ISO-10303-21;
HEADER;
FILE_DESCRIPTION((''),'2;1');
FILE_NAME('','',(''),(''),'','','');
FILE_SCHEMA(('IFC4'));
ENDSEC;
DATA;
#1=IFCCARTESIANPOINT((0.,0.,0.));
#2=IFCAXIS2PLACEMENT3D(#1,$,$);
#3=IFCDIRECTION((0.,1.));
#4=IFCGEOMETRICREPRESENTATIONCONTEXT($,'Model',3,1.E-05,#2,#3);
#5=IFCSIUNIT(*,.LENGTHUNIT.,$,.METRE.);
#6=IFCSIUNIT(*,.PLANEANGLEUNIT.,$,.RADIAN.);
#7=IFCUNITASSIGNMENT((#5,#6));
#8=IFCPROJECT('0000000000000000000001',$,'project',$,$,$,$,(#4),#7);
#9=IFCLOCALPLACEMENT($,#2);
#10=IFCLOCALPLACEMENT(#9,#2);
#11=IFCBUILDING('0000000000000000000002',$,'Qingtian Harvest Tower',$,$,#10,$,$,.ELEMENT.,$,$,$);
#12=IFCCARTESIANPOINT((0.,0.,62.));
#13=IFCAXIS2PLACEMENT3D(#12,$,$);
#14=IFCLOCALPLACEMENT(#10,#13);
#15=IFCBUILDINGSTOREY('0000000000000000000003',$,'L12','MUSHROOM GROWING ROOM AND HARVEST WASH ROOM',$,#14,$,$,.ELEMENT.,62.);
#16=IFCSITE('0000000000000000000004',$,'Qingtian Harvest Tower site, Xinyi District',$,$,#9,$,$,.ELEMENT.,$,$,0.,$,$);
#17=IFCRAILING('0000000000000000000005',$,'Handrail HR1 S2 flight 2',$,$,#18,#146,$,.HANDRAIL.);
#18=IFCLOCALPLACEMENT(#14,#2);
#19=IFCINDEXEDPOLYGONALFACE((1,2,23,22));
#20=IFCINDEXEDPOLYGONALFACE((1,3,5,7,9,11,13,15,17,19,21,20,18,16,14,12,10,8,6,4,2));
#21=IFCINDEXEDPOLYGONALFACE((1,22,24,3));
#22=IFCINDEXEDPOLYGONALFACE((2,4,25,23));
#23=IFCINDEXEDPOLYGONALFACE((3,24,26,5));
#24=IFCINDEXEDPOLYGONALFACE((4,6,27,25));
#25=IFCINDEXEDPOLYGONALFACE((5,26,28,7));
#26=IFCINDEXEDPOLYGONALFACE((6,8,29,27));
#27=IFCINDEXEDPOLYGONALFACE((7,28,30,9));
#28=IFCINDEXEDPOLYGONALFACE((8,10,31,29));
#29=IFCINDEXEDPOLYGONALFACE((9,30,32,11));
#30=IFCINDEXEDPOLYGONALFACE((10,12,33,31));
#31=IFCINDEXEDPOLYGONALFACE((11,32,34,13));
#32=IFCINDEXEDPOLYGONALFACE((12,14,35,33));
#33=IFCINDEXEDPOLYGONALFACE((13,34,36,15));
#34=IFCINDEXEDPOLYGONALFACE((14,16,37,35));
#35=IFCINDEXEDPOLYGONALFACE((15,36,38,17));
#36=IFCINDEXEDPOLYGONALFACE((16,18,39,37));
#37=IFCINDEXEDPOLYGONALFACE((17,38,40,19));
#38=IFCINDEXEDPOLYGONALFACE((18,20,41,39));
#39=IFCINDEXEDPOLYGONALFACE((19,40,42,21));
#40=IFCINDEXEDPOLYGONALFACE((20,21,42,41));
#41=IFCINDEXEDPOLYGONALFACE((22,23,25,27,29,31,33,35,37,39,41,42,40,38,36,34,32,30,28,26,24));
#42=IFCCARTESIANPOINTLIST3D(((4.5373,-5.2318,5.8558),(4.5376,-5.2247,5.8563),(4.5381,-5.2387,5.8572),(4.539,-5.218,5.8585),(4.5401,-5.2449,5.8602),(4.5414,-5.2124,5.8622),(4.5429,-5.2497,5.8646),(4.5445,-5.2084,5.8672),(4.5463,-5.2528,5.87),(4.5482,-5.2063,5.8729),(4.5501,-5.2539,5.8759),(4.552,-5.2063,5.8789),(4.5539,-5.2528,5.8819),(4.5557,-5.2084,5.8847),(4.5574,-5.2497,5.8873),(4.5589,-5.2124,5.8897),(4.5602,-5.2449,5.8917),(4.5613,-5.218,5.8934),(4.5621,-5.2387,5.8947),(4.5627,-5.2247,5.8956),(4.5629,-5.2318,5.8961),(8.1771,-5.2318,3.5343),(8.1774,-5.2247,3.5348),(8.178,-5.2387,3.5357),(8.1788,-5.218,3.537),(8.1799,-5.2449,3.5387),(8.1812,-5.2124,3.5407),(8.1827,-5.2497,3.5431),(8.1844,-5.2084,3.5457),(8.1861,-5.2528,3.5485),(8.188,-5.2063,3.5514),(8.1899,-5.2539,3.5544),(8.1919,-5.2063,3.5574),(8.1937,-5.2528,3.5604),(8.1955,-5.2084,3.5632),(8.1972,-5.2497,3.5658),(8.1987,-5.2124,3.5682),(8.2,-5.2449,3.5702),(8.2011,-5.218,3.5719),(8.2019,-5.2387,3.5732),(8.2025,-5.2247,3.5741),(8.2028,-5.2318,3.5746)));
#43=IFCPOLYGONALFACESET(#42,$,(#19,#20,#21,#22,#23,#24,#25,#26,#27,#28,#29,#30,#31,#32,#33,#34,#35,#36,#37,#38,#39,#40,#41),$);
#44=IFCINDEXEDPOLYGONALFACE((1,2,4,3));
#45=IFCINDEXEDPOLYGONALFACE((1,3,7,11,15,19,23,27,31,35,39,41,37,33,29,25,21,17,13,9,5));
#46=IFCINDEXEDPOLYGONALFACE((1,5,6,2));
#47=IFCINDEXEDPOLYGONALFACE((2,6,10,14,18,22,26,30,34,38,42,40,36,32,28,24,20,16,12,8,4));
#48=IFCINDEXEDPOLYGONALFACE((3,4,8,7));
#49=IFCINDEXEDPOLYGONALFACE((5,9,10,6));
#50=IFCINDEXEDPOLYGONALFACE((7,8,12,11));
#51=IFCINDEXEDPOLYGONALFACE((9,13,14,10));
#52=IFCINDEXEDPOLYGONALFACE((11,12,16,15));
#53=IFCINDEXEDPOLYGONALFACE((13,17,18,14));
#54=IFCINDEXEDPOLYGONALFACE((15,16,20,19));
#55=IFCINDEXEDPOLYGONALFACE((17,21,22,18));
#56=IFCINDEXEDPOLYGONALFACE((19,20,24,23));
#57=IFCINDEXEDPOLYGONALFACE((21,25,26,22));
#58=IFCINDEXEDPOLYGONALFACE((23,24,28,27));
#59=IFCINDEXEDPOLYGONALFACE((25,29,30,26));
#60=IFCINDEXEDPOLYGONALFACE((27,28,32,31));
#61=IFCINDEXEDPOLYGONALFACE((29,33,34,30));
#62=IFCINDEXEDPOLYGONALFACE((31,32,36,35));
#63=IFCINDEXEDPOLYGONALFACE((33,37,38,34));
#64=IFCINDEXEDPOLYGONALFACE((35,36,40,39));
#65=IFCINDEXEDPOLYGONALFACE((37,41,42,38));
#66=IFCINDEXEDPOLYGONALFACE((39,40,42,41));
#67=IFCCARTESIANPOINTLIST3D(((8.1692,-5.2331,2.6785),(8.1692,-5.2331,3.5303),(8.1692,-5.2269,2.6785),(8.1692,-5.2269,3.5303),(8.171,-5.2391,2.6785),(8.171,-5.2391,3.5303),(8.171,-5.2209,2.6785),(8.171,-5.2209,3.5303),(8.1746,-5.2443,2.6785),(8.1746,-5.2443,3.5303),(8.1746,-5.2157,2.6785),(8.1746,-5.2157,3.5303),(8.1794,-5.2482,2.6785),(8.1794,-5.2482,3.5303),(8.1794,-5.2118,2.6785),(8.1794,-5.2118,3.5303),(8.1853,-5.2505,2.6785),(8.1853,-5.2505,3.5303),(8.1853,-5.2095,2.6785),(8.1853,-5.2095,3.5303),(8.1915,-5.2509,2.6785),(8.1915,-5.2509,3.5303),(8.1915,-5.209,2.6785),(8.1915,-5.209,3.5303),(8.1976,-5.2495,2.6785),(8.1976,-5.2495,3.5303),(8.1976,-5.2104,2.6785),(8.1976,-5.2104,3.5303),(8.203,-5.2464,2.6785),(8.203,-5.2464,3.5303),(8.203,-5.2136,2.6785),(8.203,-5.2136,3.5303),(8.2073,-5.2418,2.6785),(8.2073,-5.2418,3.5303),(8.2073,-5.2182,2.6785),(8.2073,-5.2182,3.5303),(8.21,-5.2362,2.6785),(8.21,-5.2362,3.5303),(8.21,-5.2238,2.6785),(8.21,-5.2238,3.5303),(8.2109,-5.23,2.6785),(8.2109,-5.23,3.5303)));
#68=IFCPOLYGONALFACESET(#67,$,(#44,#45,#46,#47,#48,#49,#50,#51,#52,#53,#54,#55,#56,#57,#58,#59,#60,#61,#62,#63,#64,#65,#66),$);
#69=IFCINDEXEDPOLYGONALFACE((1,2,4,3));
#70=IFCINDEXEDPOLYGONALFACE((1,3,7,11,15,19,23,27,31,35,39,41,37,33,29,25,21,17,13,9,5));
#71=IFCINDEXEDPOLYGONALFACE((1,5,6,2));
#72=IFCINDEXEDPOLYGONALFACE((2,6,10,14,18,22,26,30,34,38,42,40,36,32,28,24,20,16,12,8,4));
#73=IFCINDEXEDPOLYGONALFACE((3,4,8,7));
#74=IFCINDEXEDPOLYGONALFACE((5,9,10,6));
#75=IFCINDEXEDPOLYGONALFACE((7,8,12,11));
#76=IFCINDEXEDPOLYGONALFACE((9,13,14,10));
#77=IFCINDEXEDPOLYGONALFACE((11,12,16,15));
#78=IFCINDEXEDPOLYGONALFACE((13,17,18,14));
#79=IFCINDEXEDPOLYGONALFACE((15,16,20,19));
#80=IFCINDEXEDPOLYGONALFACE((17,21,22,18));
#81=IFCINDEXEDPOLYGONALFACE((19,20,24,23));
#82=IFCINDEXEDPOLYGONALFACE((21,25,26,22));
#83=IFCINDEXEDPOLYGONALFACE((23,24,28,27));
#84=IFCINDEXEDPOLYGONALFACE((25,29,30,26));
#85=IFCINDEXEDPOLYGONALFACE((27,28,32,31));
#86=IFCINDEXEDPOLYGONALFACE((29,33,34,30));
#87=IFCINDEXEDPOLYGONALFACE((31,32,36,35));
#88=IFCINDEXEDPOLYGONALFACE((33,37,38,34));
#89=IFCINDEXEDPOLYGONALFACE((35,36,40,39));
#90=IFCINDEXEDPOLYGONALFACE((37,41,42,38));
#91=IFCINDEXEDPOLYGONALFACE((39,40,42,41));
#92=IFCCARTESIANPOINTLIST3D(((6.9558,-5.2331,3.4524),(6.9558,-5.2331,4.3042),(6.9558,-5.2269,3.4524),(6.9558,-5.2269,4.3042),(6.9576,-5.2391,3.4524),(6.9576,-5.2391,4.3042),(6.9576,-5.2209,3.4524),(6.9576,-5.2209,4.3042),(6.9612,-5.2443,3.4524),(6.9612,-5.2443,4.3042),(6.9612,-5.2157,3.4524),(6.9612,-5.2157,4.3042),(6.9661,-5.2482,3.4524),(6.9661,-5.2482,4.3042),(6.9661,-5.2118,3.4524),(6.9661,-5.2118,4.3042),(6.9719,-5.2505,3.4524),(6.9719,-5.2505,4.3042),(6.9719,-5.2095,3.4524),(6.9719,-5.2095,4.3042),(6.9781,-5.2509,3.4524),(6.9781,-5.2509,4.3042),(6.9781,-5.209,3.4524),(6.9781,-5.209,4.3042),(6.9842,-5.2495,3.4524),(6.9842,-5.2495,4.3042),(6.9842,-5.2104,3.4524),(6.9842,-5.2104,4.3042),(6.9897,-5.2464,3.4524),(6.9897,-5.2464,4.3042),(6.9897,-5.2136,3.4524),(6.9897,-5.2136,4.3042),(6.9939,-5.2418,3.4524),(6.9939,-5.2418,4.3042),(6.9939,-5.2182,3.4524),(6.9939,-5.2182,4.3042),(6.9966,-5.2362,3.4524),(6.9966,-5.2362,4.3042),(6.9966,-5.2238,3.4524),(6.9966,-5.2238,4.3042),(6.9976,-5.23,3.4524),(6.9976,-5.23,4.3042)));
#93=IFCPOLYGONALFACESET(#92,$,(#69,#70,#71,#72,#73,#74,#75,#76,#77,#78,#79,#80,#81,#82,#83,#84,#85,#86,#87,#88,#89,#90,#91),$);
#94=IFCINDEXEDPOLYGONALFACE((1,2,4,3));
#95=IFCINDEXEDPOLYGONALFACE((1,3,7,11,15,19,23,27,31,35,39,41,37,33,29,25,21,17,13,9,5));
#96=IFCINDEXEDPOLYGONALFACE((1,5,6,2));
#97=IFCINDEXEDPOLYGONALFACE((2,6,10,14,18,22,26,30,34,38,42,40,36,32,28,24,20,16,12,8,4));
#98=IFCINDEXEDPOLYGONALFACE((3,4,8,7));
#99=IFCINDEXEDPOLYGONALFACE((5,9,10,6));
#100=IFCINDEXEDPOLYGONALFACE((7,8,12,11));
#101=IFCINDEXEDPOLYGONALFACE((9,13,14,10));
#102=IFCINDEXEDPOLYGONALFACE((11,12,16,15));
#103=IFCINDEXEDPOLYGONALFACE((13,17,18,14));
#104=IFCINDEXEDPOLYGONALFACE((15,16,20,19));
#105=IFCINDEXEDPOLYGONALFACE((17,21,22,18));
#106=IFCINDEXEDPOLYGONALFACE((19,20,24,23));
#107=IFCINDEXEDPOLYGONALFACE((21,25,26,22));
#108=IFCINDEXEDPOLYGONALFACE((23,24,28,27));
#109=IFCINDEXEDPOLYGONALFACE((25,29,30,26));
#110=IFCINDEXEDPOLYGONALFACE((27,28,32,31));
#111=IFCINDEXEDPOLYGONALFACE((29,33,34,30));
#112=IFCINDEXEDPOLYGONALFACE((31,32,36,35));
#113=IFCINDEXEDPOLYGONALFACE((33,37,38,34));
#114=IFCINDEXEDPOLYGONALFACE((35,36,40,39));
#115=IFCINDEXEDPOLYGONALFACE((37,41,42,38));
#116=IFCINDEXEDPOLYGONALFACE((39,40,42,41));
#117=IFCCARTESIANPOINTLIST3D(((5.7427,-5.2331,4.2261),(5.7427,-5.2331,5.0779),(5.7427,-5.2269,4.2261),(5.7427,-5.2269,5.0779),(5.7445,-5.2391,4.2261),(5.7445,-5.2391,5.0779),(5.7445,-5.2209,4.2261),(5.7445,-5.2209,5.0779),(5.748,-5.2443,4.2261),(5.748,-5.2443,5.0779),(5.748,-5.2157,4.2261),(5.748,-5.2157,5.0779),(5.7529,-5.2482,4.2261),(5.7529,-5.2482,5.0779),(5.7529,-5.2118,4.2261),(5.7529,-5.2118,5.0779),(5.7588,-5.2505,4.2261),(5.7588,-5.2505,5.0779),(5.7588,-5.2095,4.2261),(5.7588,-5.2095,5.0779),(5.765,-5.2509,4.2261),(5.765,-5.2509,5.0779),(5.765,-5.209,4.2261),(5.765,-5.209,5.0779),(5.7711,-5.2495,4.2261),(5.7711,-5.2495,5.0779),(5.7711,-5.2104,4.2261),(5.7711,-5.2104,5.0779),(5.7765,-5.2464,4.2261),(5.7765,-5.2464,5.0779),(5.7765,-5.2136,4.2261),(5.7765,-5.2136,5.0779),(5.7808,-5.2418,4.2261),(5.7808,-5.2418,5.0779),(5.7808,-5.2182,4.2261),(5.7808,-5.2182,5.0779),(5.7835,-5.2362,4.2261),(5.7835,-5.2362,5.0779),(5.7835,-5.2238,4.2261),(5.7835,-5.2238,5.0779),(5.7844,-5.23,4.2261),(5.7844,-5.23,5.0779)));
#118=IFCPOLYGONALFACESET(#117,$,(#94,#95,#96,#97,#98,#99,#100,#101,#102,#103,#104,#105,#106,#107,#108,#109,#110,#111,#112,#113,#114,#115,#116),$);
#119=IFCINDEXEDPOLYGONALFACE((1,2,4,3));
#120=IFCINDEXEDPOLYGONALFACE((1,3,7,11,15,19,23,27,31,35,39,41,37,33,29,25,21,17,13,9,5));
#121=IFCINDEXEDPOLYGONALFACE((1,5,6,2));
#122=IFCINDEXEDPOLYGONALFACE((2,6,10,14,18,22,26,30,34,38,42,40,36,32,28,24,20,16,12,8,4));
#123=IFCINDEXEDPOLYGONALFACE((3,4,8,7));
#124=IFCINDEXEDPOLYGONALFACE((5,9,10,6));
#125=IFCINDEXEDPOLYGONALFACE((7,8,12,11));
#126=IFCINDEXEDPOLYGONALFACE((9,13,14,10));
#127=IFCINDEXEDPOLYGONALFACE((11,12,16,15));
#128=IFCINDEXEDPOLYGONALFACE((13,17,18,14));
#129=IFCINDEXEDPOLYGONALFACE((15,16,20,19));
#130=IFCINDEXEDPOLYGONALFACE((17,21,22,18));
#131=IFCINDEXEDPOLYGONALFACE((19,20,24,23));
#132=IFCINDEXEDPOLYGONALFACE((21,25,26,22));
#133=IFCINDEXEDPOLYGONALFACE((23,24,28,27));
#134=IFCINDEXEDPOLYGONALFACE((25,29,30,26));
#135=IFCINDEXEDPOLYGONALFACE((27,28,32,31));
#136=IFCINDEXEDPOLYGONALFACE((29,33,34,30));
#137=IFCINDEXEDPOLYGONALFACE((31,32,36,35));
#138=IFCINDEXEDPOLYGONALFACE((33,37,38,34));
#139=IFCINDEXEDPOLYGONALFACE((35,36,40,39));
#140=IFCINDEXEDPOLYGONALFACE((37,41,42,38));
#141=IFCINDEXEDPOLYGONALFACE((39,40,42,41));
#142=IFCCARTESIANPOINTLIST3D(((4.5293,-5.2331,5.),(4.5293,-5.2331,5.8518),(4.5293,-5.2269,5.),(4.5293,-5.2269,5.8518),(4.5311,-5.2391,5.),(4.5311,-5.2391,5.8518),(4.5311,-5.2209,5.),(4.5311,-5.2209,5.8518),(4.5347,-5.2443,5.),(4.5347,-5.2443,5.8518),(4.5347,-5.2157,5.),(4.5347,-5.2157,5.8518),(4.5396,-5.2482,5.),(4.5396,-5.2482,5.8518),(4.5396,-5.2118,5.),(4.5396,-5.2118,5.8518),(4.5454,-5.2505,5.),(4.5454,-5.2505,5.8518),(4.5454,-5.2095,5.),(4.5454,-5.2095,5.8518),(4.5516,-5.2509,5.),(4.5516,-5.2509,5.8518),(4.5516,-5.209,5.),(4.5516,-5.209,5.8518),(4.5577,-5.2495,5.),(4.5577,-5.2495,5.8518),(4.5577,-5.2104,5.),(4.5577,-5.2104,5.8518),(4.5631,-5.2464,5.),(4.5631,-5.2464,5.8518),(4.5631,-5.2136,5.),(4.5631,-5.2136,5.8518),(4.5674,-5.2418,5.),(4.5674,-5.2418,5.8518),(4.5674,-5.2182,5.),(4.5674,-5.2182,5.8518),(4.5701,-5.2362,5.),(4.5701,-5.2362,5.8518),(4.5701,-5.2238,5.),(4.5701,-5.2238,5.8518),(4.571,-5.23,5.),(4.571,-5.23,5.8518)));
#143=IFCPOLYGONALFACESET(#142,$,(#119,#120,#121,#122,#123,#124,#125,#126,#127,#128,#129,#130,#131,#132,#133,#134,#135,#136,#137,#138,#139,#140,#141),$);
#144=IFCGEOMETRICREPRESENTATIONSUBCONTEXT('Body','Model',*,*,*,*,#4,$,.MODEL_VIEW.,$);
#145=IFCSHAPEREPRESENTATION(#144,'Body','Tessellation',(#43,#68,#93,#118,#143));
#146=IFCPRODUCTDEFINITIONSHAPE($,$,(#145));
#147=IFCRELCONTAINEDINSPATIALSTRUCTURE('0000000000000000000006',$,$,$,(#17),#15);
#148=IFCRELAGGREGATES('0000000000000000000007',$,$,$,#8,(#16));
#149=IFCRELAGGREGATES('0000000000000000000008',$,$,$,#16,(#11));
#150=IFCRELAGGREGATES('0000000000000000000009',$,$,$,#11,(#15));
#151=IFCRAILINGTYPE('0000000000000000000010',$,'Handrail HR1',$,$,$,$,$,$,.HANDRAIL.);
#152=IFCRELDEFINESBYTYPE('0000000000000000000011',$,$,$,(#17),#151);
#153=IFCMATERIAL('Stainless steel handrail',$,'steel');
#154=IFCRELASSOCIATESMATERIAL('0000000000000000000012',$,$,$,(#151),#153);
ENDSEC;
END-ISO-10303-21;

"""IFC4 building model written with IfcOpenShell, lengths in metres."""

from ifc_helpers import new_model, si_unit, direction, frame, origin, origin_2d, place, context, subcontext, project, spatial, circle, extrude, material, type_object, element, save


model = new_model("IFC4")

# Units and contexts
model_context = context("Model", 3, precision=1e-05, world=origin(), true_north=direction((0.0, 1.0)))
body_context = subcontext(model_context, "Body", "Model", "MODEL_VIEW")
ifc_project = project(units=[si_unit("LENGTHUNIT", "METRE"), si_unit("PLANEANGLEUNIT", "RADIAN")], contexts=[model_context])

# Site, building, storey
site_placement = place(None, origin())
site = spatial("IfcSite", under=ifc_project, at=site_placement, Name="Qingtian Harvest Tower site, Xinyi District", CompositionType="ELEMENT", RefElevation=0.0)
building_placement = place(site_placement, origin())
building = spatial("IfcBuilding", under=site, at=building_placement, Name="Qingtian Harvest Tower", CompositionType="ELEMENT")
storey_placement = place(building_placement, frame((0.0, 0.0, 62.0)))
storey = spatial("IfcBuildingStorey", under=building, at=storey_placement, Name="L12", Description="MUSHROOM GROWING ROOM AND HARVEST WASH ROOM", CompositionType="ELEMENT", Elevation=62.0)

# Railing
ifc_material_1 = material(Name="Stainless steel handrail", Category="steel")
railing_type = type_object("IfcRailingType", Name="Handrail HR1", PredefinedType="HANDRAIL", material=ifc_material_1)
railing_1_placement = place(storey_placement, frame((8.1899, -5.23, 2.6785)))
element("IfcRailing", 1, at=railing_1_placement, inside=storey, type_object=railing_type, Name="Handrail HR1 S2 flight 2", PredefinedType="HANDRAIL", context=body_context, shape_type="SweptSolid", body=[
    extrude(circle(Radius=0.0239, at=origin_2d()), frame((0.0, 0.0, 0.876), z_axis=(-0.843112, 0.0, 0.537739), x_axis=(0.0, -1.0, 0.0)), (0.0, 0.0, 1.0), 4.3171),
    extrude(circle(Radius=0.021, at=origin_2d()), origin(), (0.0, 0.0, 1.0), 0.8518),
    extrude(circle(Radius=0.021, at=origin_2d()), frame((-1.2134, 0.0, 0.7739)), (0.0, 0.0, 1.0), 0.8518),
    extrude(circle(Radius=0.021, at=origin_2d()), frame((-2.4265, 0.0, 1.5476)), (0.0, 0.0, 1.0), 0.8518),
    extrude(circle(Radius=0.021, at=origin_2d()), frame((-3.6399, 0.0, 2.3215)), (0.0, 0.0, 1.0), 0.8518),
])

save(model, "model.ifc")
